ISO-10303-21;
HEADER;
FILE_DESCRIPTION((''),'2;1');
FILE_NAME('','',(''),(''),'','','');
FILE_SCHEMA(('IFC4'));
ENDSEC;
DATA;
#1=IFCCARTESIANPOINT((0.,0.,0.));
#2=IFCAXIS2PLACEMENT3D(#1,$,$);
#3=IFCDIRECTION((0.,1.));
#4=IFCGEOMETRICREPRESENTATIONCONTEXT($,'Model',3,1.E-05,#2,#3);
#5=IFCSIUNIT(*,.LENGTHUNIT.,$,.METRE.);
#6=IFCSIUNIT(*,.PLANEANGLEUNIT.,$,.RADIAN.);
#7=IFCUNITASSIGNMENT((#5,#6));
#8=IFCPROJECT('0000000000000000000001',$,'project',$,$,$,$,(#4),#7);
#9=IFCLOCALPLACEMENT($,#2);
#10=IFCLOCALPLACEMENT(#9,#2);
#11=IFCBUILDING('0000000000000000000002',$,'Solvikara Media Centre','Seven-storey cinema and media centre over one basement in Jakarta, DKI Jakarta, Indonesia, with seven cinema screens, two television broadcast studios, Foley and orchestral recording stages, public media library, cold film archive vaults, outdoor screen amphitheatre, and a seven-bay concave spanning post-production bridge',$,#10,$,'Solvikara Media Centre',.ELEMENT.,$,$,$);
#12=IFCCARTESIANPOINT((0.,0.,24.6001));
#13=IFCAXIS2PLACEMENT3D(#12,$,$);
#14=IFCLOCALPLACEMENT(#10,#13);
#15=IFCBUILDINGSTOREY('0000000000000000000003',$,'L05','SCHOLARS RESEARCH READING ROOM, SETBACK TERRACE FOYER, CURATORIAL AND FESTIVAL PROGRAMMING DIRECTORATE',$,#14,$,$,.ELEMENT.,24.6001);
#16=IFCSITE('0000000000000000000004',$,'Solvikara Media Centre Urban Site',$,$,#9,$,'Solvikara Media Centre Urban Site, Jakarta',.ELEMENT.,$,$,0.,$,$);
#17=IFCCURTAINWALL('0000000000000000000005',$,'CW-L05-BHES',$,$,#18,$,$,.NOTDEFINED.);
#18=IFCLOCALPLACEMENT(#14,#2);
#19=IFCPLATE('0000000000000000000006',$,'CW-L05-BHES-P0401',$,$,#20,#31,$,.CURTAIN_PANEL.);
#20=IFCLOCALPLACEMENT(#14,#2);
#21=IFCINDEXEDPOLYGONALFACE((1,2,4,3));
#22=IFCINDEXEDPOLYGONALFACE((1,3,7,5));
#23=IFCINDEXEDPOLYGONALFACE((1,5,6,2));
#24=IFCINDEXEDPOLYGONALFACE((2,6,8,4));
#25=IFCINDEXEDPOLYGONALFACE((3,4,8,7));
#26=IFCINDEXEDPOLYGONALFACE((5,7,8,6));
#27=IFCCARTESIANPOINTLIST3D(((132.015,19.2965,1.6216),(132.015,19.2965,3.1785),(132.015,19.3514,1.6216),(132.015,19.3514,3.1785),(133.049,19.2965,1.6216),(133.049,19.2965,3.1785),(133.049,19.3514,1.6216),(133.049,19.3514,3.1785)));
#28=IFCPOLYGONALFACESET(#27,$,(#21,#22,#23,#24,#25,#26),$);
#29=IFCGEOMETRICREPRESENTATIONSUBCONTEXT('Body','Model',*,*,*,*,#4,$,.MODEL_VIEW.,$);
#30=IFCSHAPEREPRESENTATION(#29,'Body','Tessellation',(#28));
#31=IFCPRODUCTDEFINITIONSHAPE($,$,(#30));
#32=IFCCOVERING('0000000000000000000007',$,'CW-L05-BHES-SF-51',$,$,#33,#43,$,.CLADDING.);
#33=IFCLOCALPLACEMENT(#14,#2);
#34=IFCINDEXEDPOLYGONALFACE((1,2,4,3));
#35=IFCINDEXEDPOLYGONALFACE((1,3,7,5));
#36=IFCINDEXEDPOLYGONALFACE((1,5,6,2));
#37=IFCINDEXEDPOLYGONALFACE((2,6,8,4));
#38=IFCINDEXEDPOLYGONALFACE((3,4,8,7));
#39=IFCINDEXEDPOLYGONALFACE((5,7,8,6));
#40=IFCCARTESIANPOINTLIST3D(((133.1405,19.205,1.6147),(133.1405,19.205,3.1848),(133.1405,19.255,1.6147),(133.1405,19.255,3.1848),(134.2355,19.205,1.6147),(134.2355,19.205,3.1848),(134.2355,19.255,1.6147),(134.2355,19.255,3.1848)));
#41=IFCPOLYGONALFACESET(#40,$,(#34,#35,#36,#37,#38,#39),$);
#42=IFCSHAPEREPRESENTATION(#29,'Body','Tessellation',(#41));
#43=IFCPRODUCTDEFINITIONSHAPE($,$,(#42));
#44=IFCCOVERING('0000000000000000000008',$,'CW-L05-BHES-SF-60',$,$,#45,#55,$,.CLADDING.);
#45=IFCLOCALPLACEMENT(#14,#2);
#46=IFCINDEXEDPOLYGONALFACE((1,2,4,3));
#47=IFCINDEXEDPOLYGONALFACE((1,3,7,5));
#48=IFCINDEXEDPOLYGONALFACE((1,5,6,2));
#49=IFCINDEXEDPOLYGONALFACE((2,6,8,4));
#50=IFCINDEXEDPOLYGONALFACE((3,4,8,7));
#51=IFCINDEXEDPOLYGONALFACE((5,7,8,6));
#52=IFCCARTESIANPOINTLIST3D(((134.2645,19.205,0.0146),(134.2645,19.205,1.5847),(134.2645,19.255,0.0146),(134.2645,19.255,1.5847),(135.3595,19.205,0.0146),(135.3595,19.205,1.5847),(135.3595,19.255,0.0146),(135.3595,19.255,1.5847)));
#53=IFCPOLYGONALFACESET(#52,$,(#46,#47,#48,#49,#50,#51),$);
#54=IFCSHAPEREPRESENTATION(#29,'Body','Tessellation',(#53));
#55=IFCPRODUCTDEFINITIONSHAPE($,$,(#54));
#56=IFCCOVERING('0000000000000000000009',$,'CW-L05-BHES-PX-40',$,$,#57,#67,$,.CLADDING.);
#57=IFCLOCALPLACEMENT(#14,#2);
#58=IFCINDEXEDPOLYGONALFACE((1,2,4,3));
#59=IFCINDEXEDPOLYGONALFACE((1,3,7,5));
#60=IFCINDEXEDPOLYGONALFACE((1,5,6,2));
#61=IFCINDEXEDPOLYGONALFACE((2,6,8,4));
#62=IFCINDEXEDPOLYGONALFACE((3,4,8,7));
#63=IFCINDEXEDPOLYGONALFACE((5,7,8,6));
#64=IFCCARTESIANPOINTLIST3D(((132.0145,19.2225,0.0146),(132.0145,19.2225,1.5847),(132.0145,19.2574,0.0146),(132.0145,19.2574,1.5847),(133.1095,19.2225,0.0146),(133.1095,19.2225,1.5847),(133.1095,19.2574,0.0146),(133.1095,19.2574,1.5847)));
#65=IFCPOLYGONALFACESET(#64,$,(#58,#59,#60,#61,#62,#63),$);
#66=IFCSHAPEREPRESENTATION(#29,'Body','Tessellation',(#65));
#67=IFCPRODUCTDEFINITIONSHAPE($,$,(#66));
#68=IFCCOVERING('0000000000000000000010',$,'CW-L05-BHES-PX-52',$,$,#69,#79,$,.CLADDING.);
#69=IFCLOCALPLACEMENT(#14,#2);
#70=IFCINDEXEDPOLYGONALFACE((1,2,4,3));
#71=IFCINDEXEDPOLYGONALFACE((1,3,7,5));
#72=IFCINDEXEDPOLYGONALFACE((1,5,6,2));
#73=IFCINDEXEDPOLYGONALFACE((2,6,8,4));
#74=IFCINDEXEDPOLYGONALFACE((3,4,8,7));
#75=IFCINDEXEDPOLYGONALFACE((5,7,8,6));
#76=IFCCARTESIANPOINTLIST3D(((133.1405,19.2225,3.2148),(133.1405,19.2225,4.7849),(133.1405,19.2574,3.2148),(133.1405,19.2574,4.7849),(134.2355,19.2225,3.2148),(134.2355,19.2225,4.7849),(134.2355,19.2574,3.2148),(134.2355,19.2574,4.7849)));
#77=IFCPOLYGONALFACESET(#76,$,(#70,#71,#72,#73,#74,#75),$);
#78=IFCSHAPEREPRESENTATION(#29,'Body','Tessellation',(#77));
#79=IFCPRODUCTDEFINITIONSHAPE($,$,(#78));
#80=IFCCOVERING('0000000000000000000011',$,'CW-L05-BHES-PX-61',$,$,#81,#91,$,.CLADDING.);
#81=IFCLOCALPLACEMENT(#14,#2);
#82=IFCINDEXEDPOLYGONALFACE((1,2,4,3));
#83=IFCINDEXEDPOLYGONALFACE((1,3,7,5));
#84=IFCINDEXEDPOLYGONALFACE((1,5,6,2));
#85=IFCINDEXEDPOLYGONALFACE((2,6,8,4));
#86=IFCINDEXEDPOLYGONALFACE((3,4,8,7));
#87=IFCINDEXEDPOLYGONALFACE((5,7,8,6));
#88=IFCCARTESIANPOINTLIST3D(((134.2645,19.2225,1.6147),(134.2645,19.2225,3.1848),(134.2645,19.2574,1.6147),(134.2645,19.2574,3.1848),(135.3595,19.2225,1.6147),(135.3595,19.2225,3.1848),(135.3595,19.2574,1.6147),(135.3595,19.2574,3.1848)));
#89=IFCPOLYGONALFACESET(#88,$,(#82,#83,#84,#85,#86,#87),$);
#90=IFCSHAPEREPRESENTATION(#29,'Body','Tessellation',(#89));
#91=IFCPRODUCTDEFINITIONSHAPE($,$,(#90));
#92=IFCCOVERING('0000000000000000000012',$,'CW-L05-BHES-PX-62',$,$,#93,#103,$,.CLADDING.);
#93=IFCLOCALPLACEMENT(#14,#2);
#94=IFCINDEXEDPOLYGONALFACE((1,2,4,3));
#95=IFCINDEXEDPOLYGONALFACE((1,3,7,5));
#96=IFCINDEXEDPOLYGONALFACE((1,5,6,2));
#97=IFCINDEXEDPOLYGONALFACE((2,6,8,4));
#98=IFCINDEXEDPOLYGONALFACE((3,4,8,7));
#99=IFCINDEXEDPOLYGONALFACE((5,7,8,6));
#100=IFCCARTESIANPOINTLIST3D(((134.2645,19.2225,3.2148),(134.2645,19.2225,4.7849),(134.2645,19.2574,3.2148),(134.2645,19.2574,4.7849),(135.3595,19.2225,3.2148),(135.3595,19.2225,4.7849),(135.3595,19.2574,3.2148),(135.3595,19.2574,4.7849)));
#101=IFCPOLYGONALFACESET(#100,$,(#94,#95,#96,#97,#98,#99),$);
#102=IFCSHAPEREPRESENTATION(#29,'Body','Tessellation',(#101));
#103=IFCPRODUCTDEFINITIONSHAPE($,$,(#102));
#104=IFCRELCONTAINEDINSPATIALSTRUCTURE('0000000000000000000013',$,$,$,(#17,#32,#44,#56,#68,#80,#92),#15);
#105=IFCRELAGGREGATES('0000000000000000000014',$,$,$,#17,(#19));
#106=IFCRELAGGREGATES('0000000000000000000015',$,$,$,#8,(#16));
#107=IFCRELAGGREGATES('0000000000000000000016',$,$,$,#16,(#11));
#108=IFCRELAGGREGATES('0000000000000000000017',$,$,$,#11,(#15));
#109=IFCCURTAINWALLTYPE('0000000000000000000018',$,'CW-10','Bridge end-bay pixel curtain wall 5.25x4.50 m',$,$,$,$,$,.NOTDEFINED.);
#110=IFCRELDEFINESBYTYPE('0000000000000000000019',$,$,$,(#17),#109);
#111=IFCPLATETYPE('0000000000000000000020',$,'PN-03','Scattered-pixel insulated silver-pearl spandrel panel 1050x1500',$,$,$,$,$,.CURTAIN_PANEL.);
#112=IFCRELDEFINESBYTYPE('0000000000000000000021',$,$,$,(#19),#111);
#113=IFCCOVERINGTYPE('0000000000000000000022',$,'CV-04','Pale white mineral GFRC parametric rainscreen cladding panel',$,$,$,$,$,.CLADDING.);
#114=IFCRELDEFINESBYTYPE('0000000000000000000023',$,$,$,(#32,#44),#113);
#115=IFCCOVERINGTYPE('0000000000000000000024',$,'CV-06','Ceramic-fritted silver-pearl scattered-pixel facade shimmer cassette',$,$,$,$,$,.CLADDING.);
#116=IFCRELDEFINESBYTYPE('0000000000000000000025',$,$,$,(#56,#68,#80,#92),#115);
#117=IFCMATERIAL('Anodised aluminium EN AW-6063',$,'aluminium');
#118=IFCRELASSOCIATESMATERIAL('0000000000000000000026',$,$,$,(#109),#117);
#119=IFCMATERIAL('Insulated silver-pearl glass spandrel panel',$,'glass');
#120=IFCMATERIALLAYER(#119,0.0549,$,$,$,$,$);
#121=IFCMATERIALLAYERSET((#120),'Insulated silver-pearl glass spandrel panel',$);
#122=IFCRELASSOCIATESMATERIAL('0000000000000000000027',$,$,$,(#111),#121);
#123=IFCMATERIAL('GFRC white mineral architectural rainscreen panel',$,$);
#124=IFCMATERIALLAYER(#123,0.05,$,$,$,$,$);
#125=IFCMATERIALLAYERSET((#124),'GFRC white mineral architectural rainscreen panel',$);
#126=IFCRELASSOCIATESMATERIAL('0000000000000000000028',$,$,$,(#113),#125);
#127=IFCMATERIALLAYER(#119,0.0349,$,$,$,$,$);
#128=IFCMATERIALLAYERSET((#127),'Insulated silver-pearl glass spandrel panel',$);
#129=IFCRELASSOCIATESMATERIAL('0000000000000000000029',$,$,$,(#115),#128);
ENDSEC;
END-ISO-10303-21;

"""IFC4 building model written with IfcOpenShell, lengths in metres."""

from ifc_helpers import new_model, si_unit, direction, frame, origin, origin_2d, place, context, subcontext, project, spatial, rectangle, extrude, material, layer, layer_set, type_object, element, aggregate, save


model = new_model("IFC4")

# Units and contexts
model_context = context("Model", 3, precision=1e-05, world=origin(), true_north=direction((0.0, 1.0)))
body_context = subcontext(model_context, "Body", "Model", "MODEL_VIEW")
ifc_project = project(units=[si_unit("LENGTHUNIT", "METRE"), si_unit("PLANEANGLEUNIT", "RADIAN")], contexts=[model_context])

# Site, building, storey
site_placement = place(None, origin())
site = spatial("IfcSite", under=ifc_project, at=site_placement, Name="Solvikara Media Centre Urban Site", LongName="Solvikara Media Centre Urban Site, Jakarta", CompositionType="ELEMENT", RefElevation=0.0)
building_placement = place(site_placement, origin())
building = spatial("IfcBuilding", under=site, at=building_placement, Name="Solvikara Media Centre", Description="Seven-storey cinema and media centre over one basement in Jakarta, DKI Jakarta, Indonesia, with seven cinema screens, two television broadcast studios, Foley and orchestral recording stages, public media library, cold film archive vaults, outdoor screen amphitheatre, and a seven-bay concave spanning post-production bridge", LongName="Solvikara Media Centre", CompositionType="ELEMENT")
storey_placement = place(building_placement, frame((0.0, 0.0, 24.6001)))
storey = spatial("IfcBuildingStorey", under=building, at=storey_placement, Name="L05", Description="SCHOLARS RESEARCH READING ROOM, SETBACK TERRACE FOYER, CURATORIAL AND FESTIVAL PROGRAMMING DIRECTORATE", CompositionType="ELEMENT", Elevation=24.6001)

# Curtain wall, plate
ifc_material_1 = material(Name="Anodised aluminium EN AW-6063", Category="aluminium")
curtain_wall_type = type_object("IfcCurtainWallType", Name="CW-10", Description="Bridge end-bay pixel curtain wall 5.25x4.50 m", PredefinedType="NOTDEFINED", material=ifc_material_1)
curtain_wall_placement = place(storey_placement, origin())
curtain_wall = element("IfcCurtainWall", 1, at=curtain_wall_placement, inside=storey, type_object=curtain_wall_type, Name="CW-L05-BHES", PredefinedType="NOTDEFINED")
ifc_material_2 = material(Name="Insulated silver-pearl glass spandrel panel", Category="glass")
ifc_layer_1 = layer(ifc_material_2, 0.0549)
ifc_layer_set_1 = layer_set([ifc_layer_1], Name="Insulated silver-pearl glass spandrel panel")
plate_type_1 = type_object("IfcPlateType", Name="PN-03", Description="Scattered-pixel insulated silver-pearl spandrel panel 1050x1500", PredefinedType="CURTAIN_PANEL", material=ifc_layer_set_1)
plate_1_placement = place(storey_placement, frame((132.532, 19.324, 1.6216), z_axis=(0.0, 0.0, 1.0), x_axis=(1.0, 0.0, 0.0)))
plate_1 = element("IfcPlate", 2, at=plate_1_placement, type_object=plate_type_1, Name="CW-L05-BHES-P0401", PredefinedType="CURTAIN_PANEL", context=body_context, shape_type="SweptSolid", body=[
    extrude(rectangle(XDim=1.0339, YDim=0.0549, at=origin_2d()), origin(), (0.0, 0.0, 1.0), 1.5569),
])
aggregate(curtain_wall, [plate_1])

# Coverings
ifc_material_3 = material(Name="GFRC white mineral architectural rainscreen panel")
ifc_layer_2 = layer(ifc_material_3, 0.05)
ifc_layer_set_2 = layer_set([ifc_layer_2], Name="GFRC white mineral architectural rainscreen panel")
covering_type_1 = type_object("IfcCoveringType", Name="CV-04", Description="Pale white mineral GFRC parametric rainscreen cladding panel", PredefinedType="CLADDING", material=ifc_layer_set_2)
for number, where, z_axis, x_axis, name in (
    (3, (133.688, 19.23, 1.6147), (0.0, 0.0, 1.0), (1.0, 0.0, 0.0), "CW-L05-BHES-SF-51"),
    (4, (134.812, 19.23, 0.0146), (0.0, 0.0, 1.0), (1.0, 0.0, 0.0), "CW-L05-BHES-SF-60"),
):
    element("IfcCovering", number, at=place(storey_placement, frame(where, z_axis=z_axis, x_axis=x_axis)), inside=storey, type_object=covering_type_1, Name=name, PredefinedType="CLADDING", context=body_context, shape_type="SweptSolid", body=[
        extrude(rectangle(XDim=1.095, YDim=0.05, at=origin_2d()), origin(), (0.0, 0.0, 1.0), 1.5701),
    ])
ifc_layer_3 = layer(ifc_material_2, 0.0349)
ifc_layer_set_3 = layer_set([ifc_layer_3], Name="Insulated silver-pearl glass spandrel panel")
covering_type_2 = type_object("IfcCoveringType", Name="CV-06", Description="Ceramic-fritted silver-pearl scattered-pixel facade shimmer cassette", PredefinedType="CLADDING", material=ifc_layer_set_3)
for number, where, z_axis, x_axis, name in (
    (5, (132.562, 19.24, 0.0146), (0.0, 0.0, 1.0), (1.0, 0.0, 0.0), "CW-L05-BHES-PX-40"),
    (6, (133.688, 19.24, 3.2148), (0.0, 0.0, 1.0), (1.0, 0.0, 0.0), "CW-L05-BHES-PX-52"),
    (7, (134.812, 19.24, 1.6147), (0.0, 0.0, 1.0), (1.0, 0.0, 0.0), "CW-L05-BHES-PX-61"),
    (8, (134.812, 19.24, 3.2148), (0.0, 0.0, 1.0), (1.0, 0.0, 0.0), "CW-L05-BHES-PX-62"),
):
    element("IfcCovering", number, at=place(storey_placement, frame(where, z_axis=z_axis, x_axis=x_axis)), inside=storey, type_object=covering_type_2, Name=name, PredefinedType="CLADDING", context=body_context, shape_type="SweptSolid", body=[
        extrude(rectangle(XDim=1.095, YDim=0.0349, at=origin_2d()), origin(), (0.0, 0.0, 1.0), 1.5701),
    ])

save(model, "model.ifc")
